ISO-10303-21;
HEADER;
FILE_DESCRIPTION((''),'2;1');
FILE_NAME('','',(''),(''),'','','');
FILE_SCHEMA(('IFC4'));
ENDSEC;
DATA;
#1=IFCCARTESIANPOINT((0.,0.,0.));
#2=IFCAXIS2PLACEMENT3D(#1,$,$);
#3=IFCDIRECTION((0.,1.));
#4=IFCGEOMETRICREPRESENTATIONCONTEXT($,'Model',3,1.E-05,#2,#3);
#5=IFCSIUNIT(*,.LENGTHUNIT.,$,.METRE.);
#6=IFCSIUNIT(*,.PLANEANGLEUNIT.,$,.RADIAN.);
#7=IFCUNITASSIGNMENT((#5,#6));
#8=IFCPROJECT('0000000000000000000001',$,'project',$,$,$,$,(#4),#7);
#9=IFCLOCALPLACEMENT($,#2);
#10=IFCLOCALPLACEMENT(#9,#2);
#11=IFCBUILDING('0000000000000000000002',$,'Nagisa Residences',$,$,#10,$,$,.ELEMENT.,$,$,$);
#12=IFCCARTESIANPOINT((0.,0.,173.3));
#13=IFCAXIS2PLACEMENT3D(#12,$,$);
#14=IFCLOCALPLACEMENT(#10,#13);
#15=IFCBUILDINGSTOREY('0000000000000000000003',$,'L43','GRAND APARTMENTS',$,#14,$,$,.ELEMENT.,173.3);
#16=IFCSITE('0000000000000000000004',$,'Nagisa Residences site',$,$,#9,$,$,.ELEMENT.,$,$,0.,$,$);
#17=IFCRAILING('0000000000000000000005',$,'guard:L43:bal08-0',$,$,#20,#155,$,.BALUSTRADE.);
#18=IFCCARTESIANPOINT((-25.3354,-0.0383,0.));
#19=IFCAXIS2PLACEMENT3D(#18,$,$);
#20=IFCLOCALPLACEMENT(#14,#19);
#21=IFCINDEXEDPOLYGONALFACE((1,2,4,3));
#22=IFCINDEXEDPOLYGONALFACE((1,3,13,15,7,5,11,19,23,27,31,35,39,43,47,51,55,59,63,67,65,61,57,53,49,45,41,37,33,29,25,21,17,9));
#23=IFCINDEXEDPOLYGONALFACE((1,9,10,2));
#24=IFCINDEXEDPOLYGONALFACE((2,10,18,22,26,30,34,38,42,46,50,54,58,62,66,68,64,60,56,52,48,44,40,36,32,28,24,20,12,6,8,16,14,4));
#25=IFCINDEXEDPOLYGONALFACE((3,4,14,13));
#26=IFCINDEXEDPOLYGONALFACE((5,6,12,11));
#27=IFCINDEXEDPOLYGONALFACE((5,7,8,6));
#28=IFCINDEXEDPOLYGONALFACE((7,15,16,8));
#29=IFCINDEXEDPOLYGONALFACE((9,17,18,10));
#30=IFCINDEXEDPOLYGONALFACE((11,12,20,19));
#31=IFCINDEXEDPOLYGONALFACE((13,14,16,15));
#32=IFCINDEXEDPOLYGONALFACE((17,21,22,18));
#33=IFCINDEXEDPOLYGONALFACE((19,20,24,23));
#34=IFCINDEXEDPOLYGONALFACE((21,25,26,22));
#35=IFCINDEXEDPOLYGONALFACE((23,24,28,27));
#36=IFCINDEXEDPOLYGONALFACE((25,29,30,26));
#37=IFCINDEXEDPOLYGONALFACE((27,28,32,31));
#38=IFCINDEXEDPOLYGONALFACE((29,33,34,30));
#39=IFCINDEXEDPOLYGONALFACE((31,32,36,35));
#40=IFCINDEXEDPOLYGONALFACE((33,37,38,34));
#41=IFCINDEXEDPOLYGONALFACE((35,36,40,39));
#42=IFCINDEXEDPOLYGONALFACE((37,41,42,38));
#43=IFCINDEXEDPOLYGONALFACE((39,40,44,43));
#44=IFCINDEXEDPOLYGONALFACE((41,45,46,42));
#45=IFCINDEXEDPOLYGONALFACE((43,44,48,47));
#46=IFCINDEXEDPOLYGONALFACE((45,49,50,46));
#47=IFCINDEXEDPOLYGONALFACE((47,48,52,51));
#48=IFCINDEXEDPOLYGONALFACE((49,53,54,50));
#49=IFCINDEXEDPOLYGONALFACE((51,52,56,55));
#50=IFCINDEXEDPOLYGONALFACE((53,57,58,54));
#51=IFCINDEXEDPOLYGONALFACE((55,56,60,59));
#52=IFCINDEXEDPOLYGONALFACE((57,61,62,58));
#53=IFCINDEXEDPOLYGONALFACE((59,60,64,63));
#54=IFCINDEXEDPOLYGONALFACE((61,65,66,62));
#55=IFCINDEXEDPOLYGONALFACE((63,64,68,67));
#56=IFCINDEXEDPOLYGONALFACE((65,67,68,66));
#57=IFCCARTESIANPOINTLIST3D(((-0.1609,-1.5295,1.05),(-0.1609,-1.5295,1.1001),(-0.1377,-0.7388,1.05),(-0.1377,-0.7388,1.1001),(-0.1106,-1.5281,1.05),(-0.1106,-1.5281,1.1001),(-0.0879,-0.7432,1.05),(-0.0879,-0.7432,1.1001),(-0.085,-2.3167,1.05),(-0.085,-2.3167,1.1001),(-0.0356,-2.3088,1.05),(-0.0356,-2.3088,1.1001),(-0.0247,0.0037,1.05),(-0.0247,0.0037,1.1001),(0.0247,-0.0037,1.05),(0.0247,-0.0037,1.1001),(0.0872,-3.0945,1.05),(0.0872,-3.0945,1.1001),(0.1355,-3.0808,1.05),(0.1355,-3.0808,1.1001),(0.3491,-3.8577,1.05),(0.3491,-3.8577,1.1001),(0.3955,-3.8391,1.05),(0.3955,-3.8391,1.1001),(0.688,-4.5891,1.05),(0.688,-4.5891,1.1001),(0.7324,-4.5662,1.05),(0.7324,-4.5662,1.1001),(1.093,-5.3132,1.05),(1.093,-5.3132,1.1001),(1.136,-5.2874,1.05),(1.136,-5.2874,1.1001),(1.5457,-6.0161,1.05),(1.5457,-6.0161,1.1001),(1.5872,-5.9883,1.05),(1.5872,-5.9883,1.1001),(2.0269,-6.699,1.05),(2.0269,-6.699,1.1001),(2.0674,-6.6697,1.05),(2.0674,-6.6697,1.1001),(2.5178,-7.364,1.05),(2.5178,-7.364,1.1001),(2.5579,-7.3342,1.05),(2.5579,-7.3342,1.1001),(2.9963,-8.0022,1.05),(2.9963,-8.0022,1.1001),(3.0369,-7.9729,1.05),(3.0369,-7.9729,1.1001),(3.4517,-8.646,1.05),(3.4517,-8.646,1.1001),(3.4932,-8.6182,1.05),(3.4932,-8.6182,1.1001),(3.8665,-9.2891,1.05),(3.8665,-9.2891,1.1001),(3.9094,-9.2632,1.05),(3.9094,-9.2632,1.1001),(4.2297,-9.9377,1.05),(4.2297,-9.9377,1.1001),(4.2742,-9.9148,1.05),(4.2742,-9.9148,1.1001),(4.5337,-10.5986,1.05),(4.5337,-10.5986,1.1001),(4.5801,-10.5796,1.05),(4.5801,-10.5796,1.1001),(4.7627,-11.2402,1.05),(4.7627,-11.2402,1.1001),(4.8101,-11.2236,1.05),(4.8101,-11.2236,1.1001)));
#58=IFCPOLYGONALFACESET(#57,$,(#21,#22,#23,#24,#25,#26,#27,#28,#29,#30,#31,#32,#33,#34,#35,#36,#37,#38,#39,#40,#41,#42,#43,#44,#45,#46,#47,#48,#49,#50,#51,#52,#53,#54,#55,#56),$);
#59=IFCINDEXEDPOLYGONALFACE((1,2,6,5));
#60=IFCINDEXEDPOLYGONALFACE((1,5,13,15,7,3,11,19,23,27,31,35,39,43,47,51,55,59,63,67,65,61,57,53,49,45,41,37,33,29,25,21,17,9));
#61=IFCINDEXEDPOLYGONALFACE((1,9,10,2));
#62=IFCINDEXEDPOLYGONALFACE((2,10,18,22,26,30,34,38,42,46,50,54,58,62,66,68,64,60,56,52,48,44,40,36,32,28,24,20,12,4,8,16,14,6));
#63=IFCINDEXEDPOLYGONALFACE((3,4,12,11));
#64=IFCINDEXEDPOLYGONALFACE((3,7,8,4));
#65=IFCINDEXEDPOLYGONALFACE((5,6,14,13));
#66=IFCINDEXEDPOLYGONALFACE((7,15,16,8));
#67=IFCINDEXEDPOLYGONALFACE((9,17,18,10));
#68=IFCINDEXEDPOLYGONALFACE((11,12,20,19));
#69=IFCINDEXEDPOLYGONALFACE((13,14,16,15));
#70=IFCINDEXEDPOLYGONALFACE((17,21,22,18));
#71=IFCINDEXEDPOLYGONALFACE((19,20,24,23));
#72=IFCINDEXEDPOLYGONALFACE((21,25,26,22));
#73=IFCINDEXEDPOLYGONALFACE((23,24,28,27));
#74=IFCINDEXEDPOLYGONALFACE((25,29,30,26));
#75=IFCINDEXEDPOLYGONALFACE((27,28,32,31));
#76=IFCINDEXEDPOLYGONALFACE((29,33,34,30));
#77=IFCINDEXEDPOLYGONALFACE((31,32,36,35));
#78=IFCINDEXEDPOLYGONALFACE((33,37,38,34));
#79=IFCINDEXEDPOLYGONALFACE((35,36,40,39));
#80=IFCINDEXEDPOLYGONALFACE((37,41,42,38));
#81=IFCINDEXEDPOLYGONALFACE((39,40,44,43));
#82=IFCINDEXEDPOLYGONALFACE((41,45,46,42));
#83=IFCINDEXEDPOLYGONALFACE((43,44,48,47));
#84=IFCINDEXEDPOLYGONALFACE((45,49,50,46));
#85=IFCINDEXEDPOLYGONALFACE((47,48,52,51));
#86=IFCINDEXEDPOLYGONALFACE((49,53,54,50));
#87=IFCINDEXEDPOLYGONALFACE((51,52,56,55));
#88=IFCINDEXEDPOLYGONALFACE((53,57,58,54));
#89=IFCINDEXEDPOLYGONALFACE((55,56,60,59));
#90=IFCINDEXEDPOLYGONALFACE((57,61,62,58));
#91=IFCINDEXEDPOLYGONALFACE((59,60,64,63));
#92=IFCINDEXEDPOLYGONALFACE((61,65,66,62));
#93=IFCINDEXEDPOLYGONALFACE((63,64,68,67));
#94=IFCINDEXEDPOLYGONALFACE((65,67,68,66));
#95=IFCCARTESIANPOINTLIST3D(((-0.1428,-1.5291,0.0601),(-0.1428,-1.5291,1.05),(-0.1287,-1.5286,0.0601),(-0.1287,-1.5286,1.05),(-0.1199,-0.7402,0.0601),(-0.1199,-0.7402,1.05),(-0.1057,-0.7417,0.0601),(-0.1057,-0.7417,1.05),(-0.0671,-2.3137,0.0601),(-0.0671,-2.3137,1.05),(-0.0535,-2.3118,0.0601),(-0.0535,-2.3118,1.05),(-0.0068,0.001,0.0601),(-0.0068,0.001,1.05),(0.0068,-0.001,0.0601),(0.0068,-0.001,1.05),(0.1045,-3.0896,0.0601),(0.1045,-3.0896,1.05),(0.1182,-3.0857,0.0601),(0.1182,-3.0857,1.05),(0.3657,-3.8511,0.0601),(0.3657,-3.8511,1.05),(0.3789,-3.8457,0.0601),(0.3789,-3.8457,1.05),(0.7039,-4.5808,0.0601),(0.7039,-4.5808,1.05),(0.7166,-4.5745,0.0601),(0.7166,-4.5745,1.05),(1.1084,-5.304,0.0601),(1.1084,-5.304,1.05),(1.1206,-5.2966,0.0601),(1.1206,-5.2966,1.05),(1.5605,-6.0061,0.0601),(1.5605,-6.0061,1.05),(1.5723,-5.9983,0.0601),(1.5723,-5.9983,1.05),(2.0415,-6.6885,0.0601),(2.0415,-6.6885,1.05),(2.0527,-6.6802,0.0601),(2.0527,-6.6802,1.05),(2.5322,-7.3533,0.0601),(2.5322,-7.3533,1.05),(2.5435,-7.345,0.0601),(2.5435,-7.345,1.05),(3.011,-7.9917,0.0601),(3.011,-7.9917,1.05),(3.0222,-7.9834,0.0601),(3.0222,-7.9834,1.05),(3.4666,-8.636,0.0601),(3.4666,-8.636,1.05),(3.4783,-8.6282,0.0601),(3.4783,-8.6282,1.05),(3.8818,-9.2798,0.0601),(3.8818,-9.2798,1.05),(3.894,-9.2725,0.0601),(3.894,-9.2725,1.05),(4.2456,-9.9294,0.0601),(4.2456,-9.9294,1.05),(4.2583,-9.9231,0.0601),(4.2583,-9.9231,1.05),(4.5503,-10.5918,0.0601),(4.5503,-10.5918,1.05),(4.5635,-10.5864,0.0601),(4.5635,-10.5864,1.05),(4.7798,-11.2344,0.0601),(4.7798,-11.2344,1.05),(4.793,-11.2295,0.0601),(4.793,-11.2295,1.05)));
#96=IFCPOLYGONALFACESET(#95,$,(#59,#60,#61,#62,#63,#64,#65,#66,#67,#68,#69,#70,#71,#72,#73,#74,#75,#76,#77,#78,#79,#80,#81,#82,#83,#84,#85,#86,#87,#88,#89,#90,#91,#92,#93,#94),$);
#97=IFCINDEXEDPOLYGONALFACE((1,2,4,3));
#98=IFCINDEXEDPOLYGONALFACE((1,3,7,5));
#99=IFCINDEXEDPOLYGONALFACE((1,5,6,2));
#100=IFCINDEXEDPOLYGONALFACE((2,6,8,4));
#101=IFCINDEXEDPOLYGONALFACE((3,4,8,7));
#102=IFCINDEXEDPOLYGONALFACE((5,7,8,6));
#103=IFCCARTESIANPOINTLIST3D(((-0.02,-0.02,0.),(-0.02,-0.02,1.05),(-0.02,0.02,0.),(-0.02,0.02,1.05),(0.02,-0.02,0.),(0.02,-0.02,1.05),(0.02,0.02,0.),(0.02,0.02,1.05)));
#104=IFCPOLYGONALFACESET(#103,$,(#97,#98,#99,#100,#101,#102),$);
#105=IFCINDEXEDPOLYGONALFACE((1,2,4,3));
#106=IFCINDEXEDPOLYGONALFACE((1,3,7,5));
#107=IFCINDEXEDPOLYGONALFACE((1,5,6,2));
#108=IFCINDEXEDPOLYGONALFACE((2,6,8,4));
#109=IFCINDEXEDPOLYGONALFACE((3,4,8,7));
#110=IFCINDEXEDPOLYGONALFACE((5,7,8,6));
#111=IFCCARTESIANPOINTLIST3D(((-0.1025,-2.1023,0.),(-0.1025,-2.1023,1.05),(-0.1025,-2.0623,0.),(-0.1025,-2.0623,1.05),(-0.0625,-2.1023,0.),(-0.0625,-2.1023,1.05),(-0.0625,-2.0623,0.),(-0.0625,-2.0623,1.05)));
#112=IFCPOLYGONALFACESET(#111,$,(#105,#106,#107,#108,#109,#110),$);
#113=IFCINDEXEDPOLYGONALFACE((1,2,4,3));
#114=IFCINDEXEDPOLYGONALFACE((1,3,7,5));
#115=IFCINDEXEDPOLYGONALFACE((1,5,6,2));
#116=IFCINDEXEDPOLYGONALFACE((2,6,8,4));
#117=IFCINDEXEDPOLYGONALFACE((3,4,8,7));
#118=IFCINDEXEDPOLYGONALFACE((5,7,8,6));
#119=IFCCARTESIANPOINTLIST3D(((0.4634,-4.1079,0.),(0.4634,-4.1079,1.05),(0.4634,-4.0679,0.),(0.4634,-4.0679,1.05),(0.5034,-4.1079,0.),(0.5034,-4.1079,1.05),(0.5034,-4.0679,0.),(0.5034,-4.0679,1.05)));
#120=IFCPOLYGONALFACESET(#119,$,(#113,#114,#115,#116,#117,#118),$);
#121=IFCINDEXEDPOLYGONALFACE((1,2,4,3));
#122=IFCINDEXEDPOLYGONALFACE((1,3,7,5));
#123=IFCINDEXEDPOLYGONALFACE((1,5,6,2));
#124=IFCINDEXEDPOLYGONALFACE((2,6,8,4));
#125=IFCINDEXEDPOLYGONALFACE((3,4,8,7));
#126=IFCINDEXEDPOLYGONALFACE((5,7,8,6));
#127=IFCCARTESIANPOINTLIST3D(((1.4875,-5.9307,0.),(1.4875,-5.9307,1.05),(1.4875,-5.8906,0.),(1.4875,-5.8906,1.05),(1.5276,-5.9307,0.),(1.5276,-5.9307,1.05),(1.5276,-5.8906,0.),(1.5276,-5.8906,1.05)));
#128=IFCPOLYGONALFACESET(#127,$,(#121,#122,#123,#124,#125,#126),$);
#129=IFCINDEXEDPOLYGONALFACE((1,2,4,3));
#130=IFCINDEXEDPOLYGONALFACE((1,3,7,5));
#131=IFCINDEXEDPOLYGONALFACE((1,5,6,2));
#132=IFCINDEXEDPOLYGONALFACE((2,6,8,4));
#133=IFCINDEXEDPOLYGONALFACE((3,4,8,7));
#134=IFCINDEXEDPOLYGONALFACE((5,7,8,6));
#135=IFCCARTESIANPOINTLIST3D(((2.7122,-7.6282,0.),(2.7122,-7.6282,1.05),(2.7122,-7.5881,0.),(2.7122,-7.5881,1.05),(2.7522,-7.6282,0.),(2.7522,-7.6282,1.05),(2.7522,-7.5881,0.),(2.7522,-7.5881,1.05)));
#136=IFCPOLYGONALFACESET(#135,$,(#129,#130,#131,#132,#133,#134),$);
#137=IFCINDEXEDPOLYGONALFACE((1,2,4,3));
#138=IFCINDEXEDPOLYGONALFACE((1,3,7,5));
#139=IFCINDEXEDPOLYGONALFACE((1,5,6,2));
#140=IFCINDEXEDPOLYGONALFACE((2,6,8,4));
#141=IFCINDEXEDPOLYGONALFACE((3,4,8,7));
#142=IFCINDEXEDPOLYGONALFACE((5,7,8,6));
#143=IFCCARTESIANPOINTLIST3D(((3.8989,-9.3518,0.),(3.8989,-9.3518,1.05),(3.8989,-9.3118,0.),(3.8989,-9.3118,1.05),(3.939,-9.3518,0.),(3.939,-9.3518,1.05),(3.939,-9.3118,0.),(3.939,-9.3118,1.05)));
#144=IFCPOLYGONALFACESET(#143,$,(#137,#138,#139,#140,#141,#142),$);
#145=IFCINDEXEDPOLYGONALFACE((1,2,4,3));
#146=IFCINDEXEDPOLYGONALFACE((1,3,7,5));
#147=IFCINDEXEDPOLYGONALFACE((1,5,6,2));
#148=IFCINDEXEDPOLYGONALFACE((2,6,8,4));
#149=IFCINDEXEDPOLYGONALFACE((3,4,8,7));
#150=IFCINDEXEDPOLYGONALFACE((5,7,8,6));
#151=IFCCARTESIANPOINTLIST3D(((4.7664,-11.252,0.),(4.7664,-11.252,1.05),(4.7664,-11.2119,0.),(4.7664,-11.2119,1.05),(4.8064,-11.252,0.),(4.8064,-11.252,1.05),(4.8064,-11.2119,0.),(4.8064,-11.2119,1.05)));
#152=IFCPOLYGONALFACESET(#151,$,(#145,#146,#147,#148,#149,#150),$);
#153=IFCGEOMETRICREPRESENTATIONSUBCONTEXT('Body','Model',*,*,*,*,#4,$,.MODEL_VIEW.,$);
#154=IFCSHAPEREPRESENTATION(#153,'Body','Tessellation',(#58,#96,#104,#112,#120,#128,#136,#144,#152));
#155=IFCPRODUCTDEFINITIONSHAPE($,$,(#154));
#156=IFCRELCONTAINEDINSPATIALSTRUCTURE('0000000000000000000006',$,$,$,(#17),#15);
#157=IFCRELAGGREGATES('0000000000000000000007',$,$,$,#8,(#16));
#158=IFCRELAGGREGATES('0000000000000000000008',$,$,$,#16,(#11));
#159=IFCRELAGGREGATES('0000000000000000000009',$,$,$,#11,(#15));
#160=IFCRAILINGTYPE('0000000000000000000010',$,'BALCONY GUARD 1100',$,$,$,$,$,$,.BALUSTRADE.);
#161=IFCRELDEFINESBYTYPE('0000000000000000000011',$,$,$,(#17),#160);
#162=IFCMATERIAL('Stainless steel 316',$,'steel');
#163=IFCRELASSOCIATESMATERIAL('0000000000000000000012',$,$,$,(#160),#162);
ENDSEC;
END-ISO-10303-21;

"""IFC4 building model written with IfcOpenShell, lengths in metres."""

from ifc_helpers import new_model, si_unit, direction, frame, origin, origin_2d, place, context, subcontext, project, spatial, polyline, rectangle, outline, extrude, material, type_object, element, save


model = new_model("IFC4")

# Units and contexts
model_context = context("Model", 3, precision=1e-05, world=origin(), true_north=direction((0.0, 1.0)))
body_context = subcontext(model_context, "Body", "Model", "MODEL_VIEW")
ifc_project = project(units=[si_unit("LENGTHUNIT", "METRE"), si_unit("PLANEANGLEUNIT", "RADIAN")], contexts=[model_context])

# Site, building, storey
site_placement = place(None, origin())
site = spatial("IfcSite", under=ifc_project, at=site_placement, Name="Nagisa Residences site", CompositionType="ELEMENT", RefElevation=0.0)
building_placement = place(site_placement, origin())
building = spatial("IfcBuilding", under=site, at=building_placement, Name="Nagisa Residences", CompositionType="ELEMENT")
storey_placement = place(building_placement, frame((0.0, 0.0, 173.3)))
storey = spatial("IfcBuildingStorey", under=building, at=storey_placement, Name="L43", Description="GRAND APARTMENTS", CompositionType="ELEMENT", Elevation=173.3)

# Railing
ifc_material_1 = material(Name="Stainless steel 316", Category="steel")
railing_type = type_object("IfcRailingType", Name="BALCONY GUARD 1100", PredefinedType="BALUSTRADE", material=ifc_material_1)
railing_placement = place(storey_placement, frame((-25.3354, -0.0383, 0.0)))
element("IfcRailing", 1, at=railing_placement, inside=storey, type_object=railing_type, Name="guard:L43:bal08-0", PredefinedType="BALUSTRADE", context=body_context, shape_type="SweptSolid", body=[
    extrude(outline(polyline([(-0.0879, -0.7432), (0.0247, -0.0037), (-0.0247, 0.0037), (-0.1377, -0.7388), (-0.1609, -1.5295), (-0.085, -2.3167), (0.0872, -3.0945), (0.3491, -3.8577), (0.688, -4.5891), (1.093, -5.3132), (1.5457, -6.0161), (2.0269, -6.699), (2.5178, -7.364), (2.9963, -8.0022), (3.4517, -8.646), (3.8665, -9.2891), (4.2297, -9.9377), (4.5337, -10.5986), (4.7627, -11.2402), (4.8101, -11.2236), (4.5801, -10.5796), (4.2742, -9.9148), (3.9094, -9.2632), (3.4932, -8.6182), (3.0369, -7.9729), (2.5579, -7.3342), (2.0674, -6.6697), (1.5872, -5.9883), (1.136, -5.2874), (0.7324, -4.5662), (0.3955, -3.8391), (0.1355, -3.0808), (-0.0356, -2.3088), (-0.1106, -1.5281), (-0.0879, -0.7432)])), frame((0.0, 0.0, 1.05)), (0.0, 0.0, 1.0), 0.05),
    extrude(outline(polyline([(-0.1057, -0.7417), (0.0068, -0.001), (-0.0068, 0.001), (-0.1199, -0.7402), (-0.1428, -1.5291), (-0.0671, -2.3137), (0.1045, -3.0896), (0.3657, -3.8511), (0.7039, -4.5808), (1.1084, -5.304), (1.5605, -6.0061), (2.0415, -6.6885), (2.5322, -7.3533), (3.011, -7.9917), (3.4666, -8.636), (3.8818, -9.2798), (4.2456, -9.9294), (4.5503, -10.5918), (4.7798, -11.2344), (4.793, -11.2295), (4.5635, -10.5864), (4.2583, -9.9231), (3.894, -9.2725), (3.4783, -8.6282), (3.0222, -7.9834), (2.5435, -7.345), (2.0527, -6.6802), (1.5723, -5.9983), (1.1206, -5.2966), (0.7166, -4.5745), (0.3789, -3.8457), (0.1182, -3.0857), (-0.0535, -2.3118), (-0.1287, -1.5286), (-0.1057, -0.7417)])), frame((0.0, 0.0, 0.0601)), (0.0, 0.0, 1.0), 0.99),
    extrude(rectangle(XDim=0.04, YDim=0.04, at=origin_2d()), origin(), (0.0, 0.0, 1.0), 1.05),
    extrude(rectangle(XDim=0.04, YDim=0.04, at=origin_2d()), frame((-0.0825, -2.0823, 0.0)), (0.0, 0.0, 1.0), 1.05),
    extrude(rectangle(XDim=0.04, YDim=0.04, at=origin_2d()), frame((0.4834, -4.0879, 0.0)), (0.0, 0.0, 1.0), 1.05),
    extrude(rectangle(XDim=0.04, YDim=0.04, at=origin_2d()), frame((1.5076, -5.9106, 0.0)), (0.0, 0.0, 1.0), 1.05),
    extrude(rectangle(XDim=0.04, YDim=0.04, at=origin_2d()), frame((2.7322, -7.6082, 0.0)), (0.0, 0.0, 1.0), 1.05),
    extrude(rectangle(XDim=0.04, YDim=0.04, at=origin_2d()), frame((3.9189, -9.3318, 0.0)), (0.0, 0.0, 1.0), 1.05),
    extrude(rectangle(XDim=0.04, YDim=0.04, at=origin_2d()), frame((4.7864, -11.2319, 0.0)), (0.0, 0.0, 1.0), 1.05),
])

save(model, "model.ifc")
